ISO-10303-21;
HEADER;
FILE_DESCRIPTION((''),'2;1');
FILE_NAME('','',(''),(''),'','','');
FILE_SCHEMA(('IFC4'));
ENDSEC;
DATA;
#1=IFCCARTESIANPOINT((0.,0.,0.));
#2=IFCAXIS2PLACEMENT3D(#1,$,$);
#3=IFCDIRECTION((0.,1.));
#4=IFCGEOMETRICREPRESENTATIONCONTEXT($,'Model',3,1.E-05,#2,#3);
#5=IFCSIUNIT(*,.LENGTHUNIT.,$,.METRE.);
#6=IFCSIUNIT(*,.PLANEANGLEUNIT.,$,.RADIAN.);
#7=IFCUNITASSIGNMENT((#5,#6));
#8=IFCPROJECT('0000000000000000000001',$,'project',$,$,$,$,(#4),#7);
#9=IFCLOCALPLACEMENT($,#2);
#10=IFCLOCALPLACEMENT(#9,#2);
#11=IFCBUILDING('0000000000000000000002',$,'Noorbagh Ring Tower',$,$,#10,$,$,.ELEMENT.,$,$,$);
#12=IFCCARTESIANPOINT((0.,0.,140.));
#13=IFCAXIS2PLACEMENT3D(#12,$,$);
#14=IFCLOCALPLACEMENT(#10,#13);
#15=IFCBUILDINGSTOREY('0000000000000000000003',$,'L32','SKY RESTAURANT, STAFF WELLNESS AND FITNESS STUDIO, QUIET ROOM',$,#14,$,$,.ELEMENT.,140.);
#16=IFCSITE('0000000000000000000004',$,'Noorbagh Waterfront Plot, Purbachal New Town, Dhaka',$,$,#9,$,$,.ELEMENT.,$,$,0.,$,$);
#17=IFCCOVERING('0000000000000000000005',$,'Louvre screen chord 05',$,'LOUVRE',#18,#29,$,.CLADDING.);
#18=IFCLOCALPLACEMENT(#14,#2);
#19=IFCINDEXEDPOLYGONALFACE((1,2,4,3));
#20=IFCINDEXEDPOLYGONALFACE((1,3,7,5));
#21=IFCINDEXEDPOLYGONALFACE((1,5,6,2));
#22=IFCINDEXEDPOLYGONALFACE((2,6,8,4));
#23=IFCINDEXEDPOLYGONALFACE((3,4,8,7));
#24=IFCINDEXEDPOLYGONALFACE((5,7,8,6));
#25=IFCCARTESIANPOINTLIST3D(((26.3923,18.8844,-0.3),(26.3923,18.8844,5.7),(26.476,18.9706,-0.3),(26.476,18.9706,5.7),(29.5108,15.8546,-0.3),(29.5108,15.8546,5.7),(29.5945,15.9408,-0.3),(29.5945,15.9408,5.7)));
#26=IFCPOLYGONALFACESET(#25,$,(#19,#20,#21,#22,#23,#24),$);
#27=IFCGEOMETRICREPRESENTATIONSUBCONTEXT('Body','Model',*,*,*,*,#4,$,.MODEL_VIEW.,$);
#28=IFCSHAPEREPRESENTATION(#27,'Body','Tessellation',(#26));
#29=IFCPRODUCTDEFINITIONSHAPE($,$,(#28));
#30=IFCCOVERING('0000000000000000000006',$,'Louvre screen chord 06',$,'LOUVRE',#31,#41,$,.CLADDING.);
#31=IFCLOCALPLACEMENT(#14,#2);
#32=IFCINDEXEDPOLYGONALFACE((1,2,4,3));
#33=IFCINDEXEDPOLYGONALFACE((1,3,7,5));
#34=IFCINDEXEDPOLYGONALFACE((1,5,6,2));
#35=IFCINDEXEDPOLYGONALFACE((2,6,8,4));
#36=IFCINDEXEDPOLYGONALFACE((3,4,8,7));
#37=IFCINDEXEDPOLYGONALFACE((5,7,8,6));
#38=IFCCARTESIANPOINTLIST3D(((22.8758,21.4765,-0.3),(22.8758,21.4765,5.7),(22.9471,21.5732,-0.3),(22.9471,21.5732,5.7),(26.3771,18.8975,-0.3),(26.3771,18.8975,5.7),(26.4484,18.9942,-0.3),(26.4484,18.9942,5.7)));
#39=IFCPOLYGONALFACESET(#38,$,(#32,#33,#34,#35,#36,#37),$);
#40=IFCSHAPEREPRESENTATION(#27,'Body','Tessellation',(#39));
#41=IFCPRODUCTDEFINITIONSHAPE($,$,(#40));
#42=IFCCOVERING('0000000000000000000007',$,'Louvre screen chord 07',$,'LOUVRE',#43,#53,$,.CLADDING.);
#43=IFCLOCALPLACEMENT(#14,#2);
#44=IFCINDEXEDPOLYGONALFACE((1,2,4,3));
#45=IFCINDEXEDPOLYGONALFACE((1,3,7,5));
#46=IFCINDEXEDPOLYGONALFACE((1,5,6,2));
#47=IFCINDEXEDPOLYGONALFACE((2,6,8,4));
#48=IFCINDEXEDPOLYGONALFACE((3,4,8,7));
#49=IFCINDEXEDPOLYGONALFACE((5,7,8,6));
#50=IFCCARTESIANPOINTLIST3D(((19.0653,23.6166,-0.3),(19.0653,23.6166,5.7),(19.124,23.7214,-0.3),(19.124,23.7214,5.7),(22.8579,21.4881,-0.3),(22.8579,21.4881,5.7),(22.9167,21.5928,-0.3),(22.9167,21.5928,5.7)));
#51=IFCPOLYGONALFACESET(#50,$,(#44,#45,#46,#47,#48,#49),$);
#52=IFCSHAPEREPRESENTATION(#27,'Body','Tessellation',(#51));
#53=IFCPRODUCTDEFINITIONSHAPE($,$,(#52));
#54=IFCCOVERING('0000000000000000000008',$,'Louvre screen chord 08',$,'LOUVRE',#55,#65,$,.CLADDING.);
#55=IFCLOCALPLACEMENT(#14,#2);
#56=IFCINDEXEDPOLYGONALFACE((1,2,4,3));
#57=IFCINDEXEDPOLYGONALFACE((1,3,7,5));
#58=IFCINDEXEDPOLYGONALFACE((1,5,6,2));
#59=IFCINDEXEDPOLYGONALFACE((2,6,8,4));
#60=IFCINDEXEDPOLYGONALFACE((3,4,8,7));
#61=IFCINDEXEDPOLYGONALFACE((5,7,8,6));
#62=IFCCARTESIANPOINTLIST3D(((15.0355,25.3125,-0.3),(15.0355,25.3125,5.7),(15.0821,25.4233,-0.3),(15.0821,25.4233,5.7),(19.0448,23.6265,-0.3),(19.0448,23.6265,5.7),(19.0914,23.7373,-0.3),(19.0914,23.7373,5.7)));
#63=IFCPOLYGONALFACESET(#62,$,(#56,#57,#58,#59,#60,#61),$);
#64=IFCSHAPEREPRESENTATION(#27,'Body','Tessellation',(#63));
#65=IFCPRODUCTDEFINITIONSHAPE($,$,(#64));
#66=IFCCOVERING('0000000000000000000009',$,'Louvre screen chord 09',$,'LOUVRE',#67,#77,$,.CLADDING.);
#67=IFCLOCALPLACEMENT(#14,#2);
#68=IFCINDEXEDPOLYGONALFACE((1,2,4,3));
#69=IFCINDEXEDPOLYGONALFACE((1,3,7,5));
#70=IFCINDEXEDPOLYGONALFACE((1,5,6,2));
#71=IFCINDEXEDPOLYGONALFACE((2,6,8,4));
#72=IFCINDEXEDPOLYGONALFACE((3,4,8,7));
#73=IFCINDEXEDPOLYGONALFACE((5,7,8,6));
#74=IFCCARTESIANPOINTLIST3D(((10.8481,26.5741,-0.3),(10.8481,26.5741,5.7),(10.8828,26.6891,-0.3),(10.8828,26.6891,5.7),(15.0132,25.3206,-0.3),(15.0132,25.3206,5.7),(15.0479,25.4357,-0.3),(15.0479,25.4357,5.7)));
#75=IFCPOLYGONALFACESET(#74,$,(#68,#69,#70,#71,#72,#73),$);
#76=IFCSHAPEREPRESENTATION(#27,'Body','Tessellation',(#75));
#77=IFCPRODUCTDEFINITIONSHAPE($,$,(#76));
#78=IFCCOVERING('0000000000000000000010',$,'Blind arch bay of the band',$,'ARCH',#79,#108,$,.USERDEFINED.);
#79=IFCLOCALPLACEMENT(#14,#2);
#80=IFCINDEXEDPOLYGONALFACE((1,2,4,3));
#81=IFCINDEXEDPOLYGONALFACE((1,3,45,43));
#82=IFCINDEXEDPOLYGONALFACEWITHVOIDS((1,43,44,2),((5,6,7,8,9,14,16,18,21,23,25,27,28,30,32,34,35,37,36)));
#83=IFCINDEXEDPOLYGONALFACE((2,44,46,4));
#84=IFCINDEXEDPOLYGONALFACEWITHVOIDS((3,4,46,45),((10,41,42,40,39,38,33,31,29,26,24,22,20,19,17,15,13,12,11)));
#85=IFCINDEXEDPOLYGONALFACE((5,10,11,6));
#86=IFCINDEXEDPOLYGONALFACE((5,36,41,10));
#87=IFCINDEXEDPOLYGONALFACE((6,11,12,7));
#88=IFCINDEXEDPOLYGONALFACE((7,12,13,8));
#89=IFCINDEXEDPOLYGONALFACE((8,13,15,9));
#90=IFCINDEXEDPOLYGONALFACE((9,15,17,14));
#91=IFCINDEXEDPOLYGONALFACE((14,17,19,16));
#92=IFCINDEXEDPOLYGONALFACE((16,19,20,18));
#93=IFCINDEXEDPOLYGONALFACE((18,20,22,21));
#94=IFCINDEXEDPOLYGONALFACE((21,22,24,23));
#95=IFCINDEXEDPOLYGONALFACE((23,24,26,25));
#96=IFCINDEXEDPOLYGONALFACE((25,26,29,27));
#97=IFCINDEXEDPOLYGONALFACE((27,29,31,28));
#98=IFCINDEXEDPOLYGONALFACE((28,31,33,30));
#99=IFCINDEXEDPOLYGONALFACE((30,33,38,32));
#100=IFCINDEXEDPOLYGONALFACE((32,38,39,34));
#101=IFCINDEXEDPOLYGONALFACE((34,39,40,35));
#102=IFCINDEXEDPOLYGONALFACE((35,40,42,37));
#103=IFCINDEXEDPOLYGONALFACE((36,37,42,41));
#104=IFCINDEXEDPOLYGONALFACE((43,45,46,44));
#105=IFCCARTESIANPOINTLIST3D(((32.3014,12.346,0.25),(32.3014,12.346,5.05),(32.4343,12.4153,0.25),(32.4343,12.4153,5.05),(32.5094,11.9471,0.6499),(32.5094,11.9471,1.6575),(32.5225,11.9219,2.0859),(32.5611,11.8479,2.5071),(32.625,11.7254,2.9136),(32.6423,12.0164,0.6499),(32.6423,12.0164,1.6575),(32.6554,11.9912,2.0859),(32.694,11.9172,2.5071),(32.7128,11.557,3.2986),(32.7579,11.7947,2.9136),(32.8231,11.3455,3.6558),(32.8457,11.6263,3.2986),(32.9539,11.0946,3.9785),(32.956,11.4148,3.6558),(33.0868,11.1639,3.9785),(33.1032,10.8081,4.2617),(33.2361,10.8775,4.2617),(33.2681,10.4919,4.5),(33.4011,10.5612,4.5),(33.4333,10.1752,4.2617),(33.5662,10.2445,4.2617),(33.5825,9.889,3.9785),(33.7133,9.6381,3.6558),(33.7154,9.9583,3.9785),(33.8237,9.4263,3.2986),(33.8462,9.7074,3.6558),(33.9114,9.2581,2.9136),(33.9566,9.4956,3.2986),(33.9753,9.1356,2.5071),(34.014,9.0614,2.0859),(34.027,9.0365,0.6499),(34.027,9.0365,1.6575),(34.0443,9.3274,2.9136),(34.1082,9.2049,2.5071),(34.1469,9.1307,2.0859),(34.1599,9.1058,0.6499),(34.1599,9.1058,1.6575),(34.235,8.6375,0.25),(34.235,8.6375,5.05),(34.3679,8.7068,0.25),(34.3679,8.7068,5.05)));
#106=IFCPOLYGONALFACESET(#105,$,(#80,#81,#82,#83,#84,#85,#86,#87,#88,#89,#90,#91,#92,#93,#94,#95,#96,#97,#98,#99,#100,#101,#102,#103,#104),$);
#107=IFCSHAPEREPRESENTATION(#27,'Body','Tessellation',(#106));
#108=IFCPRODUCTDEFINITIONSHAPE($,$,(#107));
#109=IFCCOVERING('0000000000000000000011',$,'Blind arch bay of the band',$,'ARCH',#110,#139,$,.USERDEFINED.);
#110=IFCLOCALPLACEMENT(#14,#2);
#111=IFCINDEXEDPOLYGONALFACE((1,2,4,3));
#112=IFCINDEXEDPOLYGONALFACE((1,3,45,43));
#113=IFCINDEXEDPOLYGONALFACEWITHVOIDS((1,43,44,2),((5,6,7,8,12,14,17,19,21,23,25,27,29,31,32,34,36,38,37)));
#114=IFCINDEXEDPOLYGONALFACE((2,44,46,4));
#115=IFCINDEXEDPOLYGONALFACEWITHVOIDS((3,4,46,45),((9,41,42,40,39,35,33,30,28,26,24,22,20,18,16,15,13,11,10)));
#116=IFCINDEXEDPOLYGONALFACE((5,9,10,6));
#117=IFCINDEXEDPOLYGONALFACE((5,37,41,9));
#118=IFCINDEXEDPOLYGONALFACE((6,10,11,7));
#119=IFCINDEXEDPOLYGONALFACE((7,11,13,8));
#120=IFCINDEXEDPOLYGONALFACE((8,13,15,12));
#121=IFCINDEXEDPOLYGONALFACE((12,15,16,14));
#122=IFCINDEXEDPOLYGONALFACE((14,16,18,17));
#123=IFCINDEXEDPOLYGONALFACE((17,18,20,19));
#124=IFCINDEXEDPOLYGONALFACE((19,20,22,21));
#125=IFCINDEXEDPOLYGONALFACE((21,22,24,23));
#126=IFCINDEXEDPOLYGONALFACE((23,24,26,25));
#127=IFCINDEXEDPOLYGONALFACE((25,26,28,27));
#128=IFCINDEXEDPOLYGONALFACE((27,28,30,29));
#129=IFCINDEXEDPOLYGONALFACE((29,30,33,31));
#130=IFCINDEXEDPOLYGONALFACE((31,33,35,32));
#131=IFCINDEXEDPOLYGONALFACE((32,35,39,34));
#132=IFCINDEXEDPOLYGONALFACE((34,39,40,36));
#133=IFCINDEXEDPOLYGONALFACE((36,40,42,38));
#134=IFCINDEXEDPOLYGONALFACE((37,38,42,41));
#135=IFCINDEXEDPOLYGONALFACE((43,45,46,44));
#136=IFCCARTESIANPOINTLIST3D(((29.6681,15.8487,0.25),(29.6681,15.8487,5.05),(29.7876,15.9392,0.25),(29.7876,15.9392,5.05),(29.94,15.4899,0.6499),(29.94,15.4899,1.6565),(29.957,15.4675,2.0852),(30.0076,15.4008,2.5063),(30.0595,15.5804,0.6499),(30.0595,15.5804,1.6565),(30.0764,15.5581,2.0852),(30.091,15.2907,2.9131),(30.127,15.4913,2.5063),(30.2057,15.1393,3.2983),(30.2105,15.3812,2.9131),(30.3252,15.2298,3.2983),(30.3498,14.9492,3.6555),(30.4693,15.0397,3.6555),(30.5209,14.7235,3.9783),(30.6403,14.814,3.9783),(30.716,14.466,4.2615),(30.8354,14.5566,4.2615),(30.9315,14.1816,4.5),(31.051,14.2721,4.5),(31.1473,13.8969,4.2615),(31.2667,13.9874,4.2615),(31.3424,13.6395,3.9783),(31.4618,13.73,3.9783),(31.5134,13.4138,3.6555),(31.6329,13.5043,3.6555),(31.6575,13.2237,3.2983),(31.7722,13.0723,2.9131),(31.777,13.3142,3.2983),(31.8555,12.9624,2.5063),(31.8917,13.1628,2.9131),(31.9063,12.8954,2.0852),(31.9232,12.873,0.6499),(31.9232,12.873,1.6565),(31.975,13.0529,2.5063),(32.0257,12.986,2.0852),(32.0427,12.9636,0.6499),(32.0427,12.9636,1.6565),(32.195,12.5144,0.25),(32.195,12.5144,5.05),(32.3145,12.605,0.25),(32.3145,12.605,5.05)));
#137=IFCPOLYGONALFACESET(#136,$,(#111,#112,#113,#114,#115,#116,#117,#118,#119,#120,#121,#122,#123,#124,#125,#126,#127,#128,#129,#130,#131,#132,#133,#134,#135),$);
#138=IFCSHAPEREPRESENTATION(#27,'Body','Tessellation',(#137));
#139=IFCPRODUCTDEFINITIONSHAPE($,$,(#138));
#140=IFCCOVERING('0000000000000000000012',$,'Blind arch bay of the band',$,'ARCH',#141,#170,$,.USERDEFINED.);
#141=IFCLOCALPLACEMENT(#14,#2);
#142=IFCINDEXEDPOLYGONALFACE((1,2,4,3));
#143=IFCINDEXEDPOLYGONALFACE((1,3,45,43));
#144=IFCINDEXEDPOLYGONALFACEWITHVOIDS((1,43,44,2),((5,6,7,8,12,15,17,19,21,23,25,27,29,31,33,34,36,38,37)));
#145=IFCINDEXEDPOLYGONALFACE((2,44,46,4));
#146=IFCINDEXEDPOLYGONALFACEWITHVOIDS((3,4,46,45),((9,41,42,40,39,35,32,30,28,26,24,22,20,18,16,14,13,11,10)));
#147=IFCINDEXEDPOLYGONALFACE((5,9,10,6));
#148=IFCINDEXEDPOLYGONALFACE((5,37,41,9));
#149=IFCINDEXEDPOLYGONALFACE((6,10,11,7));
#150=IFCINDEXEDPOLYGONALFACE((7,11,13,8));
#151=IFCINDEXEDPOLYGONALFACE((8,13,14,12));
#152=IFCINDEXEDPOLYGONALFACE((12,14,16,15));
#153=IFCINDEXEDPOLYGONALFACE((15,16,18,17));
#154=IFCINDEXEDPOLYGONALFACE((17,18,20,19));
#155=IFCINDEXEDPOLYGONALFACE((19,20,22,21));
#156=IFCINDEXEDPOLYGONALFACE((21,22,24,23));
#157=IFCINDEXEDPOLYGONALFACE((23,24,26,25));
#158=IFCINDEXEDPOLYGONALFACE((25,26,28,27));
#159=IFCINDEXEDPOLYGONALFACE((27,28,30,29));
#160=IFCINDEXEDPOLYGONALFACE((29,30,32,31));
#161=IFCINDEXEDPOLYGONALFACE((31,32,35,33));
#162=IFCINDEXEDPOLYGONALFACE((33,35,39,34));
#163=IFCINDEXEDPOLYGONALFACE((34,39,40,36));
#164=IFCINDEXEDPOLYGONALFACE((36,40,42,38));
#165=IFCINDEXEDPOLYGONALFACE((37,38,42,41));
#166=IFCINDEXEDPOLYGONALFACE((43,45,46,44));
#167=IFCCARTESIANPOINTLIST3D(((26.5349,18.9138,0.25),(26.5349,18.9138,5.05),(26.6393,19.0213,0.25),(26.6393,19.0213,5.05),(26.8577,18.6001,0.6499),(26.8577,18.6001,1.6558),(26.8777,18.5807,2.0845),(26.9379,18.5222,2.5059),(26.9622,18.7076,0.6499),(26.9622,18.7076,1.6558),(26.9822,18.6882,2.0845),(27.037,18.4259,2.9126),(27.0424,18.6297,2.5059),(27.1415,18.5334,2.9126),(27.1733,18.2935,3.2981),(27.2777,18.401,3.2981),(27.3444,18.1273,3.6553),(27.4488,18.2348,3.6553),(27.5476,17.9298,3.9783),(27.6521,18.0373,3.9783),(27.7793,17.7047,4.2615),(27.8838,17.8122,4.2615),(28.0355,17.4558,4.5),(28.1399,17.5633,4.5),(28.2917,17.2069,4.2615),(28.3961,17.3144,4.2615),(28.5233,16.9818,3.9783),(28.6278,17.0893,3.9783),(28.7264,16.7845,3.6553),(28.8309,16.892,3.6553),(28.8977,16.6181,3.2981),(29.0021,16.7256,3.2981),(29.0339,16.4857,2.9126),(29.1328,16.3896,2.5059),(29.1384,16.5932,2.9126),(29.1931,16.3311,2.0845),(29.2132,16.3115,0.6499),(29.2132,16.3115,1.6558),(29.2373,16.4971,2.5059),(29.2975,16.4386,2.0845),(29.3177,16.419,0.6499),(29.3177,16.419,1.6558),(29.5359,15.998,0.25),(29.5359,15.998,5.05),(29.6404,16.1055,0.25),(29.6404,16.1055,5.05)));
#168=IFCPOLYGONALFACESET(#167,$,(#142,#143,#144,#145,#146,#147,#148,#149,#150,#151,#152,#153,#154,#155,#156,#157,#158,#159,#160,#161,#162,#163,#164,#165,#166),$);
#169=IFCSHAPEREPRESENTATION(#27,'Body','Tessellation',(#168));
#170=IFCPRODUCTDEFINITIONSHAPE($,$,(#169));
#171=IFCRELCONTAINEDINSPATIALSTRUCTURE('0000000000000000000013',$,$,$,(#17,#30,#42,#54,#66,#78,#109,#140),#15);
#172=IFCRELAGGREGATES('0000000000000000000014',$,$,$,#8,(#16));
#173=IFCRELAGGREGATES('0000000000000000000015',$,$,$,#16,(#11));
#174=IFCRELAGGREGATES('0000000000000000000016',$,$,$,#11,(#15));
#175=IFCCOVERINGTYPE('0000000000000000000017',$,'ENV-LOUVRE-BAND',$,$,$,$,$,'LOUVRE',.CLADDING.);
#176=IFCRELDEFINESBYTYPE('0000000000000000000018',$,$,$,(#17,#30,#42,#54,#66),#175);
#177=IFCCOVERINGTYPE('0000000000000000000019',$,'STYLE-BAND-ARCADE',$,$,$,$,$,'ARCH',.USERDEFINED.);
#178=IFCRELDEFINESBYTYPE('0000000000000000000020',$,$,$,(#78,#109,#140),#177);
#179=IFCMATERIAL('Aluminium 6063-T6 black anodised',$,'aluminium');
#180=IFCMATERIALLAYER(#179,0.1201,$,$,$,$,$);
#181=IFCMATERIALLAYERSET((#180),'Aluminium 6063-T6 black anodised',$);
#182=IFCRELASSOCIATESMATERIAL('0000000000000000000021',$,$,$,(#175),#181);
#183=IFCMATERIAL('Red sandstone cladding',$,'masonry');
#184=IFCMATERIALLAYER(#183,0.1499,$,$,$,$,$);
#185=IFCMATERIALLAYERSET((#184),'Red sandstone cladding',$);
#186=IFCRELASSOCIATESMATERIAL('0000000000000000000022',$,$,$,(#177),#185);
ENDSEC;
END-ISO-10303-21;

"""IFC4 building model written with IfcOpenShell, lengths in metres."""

from ifc_helpers import new_model, si_unit, direction, frame, origin, origin_2d, place, context, subcontext, project, spatial, polyline, rectangle, outline, extrude, material, layer, layer_set, type_object, element, save


model = new_model("IFC4")

# Units and contexts
model_context = context("Model", 3, precision=1e-05, world=origin(), true_north=direction((0.0, 1.0)))
body_context = subcontext(model_context, "Body", "Model", "MODEL_VIEW")
ifc_project = project(units=[si_unit("LENGTHUNIT", "METRE"), si_unit("PLANEANGLEUNIT", "RADIAN")], contexts=[model_context])

# Site, building, storey
site_placement = place(None, origin())
site = spatial("IfcSite", under=ifc_project, at=site_placement, Name="Noorbagh Waterfront Plot, Purbachal New Town, Dhaka", CompositionType="ELEMENT", RefElevation=0.0)
building_placement = place(site_placement, origin())
building = spatial("IfcBuilding", under=site, at=building_placement, Name="Noorbagh Ring Tower", CompositionType="ELEMENT")
storey_placement = place(building_placement, frame((0.0, 0.0, 140.0)))
storey = spatial("IfcBuildingStorey", under=building, at=storey_placement, Name="L32", Description="SKY RESTAURANT, STAFF WELLNESS AND FITNESS STUDIO, QUIET ROOM", CompositionType="ELEMENT", Elevation=140.0)

# Coverings
ifc_material_1 = material(Name="Aluminium 6063-T6 black anodised", Category="aluminium")
ifc_layer_1 = layer(ifc_material_1, 0.1201)
ifc_layer_set_1 = layer_set([ifc_layer_1], Name="Aluminium 6063-T6 black anodised")
covering_type_1 = type_object("IfcCoveringType", Name="ENV-LOUVRE-BAND", ElementType="LOUVRE", PredefinedType="CLADDING", material=ifc_layer_set_1)
covering_1_placement = place(storey_placement, frame((27.9934, 17.4126, -0.3), z_axis=(0.0, 0.0, 1.0), x_axis=(-0.717225, 0.696842, 0.0)))
element("IfcCovering", 1, at=covering_1_placement, inside=storey, type_object=covering_type_1, Name="Louvre screen chord 05", ObjectType="LOUVRE", PredefinedType="CLADDING", context=body_context, shape_type="SweptSolid", body=[
    extrude(rectangle(XDim=4.3479, YDim=0.1201, at=origin_2d()), origin(), (0.0, 0.0, 1.0), 6.0),
])
covering_2_placement = place(storey_placement, frame((24.6621, 20.2354, -0.3), z_axis=(0.0, 0.0, 1.0), x_axis=(-0.805153, 0.593067, 0.0)))
element("IfcCovering", 2, at=covering_2_placement, inside=storey, type_object=covering_type_1, Name="Louvre screen chord 06", ObjectType="LOUVRE", PredefinedType="CLADDING", context=body_context, shape_type="SweptSolid", body=[
    extrude(rectangle(XDim=4.3486, YDim=0.1201, at=origin_2d()), origin(), (0.0, 0.0, 1.0), 6.0),
])
covering_3_placement = place(storey_placement, frame((20.991, 22.6047, -0.3), z_axis=(0.0, 0.0, 1.0), x_axis=(-0.872045, 0.489426, 0.0)))
element("IfcCovering", 3, at=covering_3_placement, inside=storey, type_object=covering_type_1, Name="Louvre screen chord 07", ObjectType="LOUVRE", PredefinedType="CLADDING", context=body_context, shape_type="SweptSolid", body=[
    extrude(rectangle(XDim=4.3491, YDim=0.1201, at=origin_2d()), origin(), (0.0, 0.0, 1.0), 6.0),
])
covering_4_placement = place(storey_placement, frame((17.0635, 24.5249, -0.3), z_axis=(0.0, 0.0, 1.0), x_axis=(-0.921812, 0.387638, 0.0)))
element("IfcCovering", 4, at=covering_4_placement, inside=storey, type_object=covering_type_1, Name="Louvre screen chord 08", ObjectType="LOUVRE", PredefinedType="CLADDING", context=body_context, shape_type="SweptSolid", body=[
    extrude(rectangle(XDim=4.3494, YDim=0.1201, at=origin_2d()), origin(), (0.0, 0.0, 1.0), 6.0),
])
covering_5_placement = place(storey_placement, frame((12.948, 26.0049, -0.3), z_axis=(0.0, 0.0, 1.0), x_axis=(-0.957578, 0.288174, 0.0)))
element("IfcCovering", 5, at=covering_5_placement, inside=storey, type_object=covering_type_1, Name="Louvre screen chord 09", ObjectType="LOUVRE", PredefinedType="CLADDING", context=body_context, shape_type="SweptSolid", body=[
    extrude(rectangle(XDim=4.3496, YDim=0.1201, at=origin_2d()), origin(), (0.0, 0.0, 1.0), 6.0),
])
ifc_material_2 = material(Name="Red sandstone cladding", Category="masonry")
ifc_layer_2 = layer(ifc_material_2, 0.1499)
ifc_layer_set_2 = layer_set([ifc_layer_2], Name="Red sandstone cladding")
covering_type_2 = type_object("IfcCoveringType", Name="STYLE-BAND-ARCADE", ElementType="ARCH", PredefinedType="USERDEFINED", material=ifc_layer_set_2)
covering_6_placement = place(storey_placement, frame((34.3679, 8.7068, 0.25), z_axis=(0.88671, 0.462327, 0.0), x_axis=(-0.462327, 0.88671, 0.0)))
element("IfcCovering", 6, at=covering_6_placement, inside=storey, type_object=covering_type_2, Name="Blind arch bay of the band", ObjectType="ARCH", PredefinedType="USERDEFINED", context=body_context, shape_type="SweptSolid", body=[
    extrude(outline(polyline([(0.0, 0.0), (4.1824, 0.0), (4.1824, 4.8), (0.0, 4.8), (0.0, 0.0)]), holes=[polyline([(0.45, 0.3999), (0.45, 1.4075), (0.478, 1.8359), (0.5618, 2.2571), (0.7, 2.6636), (0.8896, 3.0486), (1.1284, 3.4058), (1.4114, 3.7285), (1.7341, 4.0117), (2.0913, 4.25), (2.448, 4.0117), (2.771, 3.7285), (3.054, 3.4058), (3.2925, 3.0486), (3.4824, 2.6636), (3.6206, 2.2571), (3.7041, 1.8359), (3.7324, 1.4075), (3.7324, 0.3999), (0.45, 0.3999)])]), origin(), (0.0, 0.0, -1.0), 0.1499),
])
covering_7_placement = place(storey_placement, frame((32.3145, 12.605, 0.25), z_axis=(0.796986, 0.603998, 0.0), x_axis=(-0.603998, 0.796986, 0.0)))
element("IfcCovering", 7, at=covering_7_placement, inside=storey, type_object=covering_type_2, Name="Blind arch bay of the band", ObjectType="ARCH", PredefinedType="USERDEFINED", context=body_context, shape_type="SweptSolid", body=[
    extrude(outline(polyline([(0.0, 0.0), (4.1836, 0.0), (4.1836, 4.8), (0.0, 4.8), (0.0, 0.0)]), holes=[polyline([(0.45, 0.3999), (0.45, 1.4065), (0.478, 1.8352), (0.562, 2.2563), (0.7, 2.6631), (0.8899, 3.0483), (1.1284, 3.4055), (1.4116, 3.7283), (1.7346, 4.0115), (2.0918, 4.25), (2.4487, 4.0115), (2.7717, 3.7283), (3.0549, 3.4055), (3.2935, 3.0483), (3.4834, 2.6631), (3.6216, 2.2563), (3.7053, 1.8352), (3.7334, 1.4065), (3.7334, 0.3999), (0.45, 0.3999)])]), origin(), (0.0, 0.0, -1.0), 0.1499),
])
covering_8_placement = place(storey_placement, frame((29.6404, 16.1055, 0.25), z_axis=(0.696852, 0.717215, 0.0), x_axis=(-0.717215, 0.696852, 0.0)))
element("IfcCovering", 8, at=covering_8_placement, inside=storey, type_object=covering_type_2, Name="Blind arch bay of the band", ObjectType="ARCH", PredefinedType="USERDEFINED", context=body_context, shape_type="SweptSolid", body=[
    extrude(outline(polyline([(0.0, 0.0), (4.1843, 0.0), (4.1843, 4.8), (0.0, 4.8), (0.0, 0.0)]), holes=[polyline([(0.45, 0.3999), (0.45, 1.4058), (0.478, 1.8345), (0.562, 2.2559), (0.7, 2.6626), (0.8899, 3.0481), (1.1287, 3.4053), (1.4119, 3.7283), (1.7349, 4.0115), (2.092, 4.25), (2.4492, 4.0115), (2.7722, 3.7283), (3.0557, 3.4053), (3.2942, 3.0481), (3.4841, 2.6626), (3.6223, 2.2559), (3.7063, 1.8345), (3.7341, 1.4058), (3.7341, 0.3999), (0.45, 0.3999)])]), origin(), (0.0, 0.0, -1.0), 0.1499),
])

save(model, "model.ifc")
